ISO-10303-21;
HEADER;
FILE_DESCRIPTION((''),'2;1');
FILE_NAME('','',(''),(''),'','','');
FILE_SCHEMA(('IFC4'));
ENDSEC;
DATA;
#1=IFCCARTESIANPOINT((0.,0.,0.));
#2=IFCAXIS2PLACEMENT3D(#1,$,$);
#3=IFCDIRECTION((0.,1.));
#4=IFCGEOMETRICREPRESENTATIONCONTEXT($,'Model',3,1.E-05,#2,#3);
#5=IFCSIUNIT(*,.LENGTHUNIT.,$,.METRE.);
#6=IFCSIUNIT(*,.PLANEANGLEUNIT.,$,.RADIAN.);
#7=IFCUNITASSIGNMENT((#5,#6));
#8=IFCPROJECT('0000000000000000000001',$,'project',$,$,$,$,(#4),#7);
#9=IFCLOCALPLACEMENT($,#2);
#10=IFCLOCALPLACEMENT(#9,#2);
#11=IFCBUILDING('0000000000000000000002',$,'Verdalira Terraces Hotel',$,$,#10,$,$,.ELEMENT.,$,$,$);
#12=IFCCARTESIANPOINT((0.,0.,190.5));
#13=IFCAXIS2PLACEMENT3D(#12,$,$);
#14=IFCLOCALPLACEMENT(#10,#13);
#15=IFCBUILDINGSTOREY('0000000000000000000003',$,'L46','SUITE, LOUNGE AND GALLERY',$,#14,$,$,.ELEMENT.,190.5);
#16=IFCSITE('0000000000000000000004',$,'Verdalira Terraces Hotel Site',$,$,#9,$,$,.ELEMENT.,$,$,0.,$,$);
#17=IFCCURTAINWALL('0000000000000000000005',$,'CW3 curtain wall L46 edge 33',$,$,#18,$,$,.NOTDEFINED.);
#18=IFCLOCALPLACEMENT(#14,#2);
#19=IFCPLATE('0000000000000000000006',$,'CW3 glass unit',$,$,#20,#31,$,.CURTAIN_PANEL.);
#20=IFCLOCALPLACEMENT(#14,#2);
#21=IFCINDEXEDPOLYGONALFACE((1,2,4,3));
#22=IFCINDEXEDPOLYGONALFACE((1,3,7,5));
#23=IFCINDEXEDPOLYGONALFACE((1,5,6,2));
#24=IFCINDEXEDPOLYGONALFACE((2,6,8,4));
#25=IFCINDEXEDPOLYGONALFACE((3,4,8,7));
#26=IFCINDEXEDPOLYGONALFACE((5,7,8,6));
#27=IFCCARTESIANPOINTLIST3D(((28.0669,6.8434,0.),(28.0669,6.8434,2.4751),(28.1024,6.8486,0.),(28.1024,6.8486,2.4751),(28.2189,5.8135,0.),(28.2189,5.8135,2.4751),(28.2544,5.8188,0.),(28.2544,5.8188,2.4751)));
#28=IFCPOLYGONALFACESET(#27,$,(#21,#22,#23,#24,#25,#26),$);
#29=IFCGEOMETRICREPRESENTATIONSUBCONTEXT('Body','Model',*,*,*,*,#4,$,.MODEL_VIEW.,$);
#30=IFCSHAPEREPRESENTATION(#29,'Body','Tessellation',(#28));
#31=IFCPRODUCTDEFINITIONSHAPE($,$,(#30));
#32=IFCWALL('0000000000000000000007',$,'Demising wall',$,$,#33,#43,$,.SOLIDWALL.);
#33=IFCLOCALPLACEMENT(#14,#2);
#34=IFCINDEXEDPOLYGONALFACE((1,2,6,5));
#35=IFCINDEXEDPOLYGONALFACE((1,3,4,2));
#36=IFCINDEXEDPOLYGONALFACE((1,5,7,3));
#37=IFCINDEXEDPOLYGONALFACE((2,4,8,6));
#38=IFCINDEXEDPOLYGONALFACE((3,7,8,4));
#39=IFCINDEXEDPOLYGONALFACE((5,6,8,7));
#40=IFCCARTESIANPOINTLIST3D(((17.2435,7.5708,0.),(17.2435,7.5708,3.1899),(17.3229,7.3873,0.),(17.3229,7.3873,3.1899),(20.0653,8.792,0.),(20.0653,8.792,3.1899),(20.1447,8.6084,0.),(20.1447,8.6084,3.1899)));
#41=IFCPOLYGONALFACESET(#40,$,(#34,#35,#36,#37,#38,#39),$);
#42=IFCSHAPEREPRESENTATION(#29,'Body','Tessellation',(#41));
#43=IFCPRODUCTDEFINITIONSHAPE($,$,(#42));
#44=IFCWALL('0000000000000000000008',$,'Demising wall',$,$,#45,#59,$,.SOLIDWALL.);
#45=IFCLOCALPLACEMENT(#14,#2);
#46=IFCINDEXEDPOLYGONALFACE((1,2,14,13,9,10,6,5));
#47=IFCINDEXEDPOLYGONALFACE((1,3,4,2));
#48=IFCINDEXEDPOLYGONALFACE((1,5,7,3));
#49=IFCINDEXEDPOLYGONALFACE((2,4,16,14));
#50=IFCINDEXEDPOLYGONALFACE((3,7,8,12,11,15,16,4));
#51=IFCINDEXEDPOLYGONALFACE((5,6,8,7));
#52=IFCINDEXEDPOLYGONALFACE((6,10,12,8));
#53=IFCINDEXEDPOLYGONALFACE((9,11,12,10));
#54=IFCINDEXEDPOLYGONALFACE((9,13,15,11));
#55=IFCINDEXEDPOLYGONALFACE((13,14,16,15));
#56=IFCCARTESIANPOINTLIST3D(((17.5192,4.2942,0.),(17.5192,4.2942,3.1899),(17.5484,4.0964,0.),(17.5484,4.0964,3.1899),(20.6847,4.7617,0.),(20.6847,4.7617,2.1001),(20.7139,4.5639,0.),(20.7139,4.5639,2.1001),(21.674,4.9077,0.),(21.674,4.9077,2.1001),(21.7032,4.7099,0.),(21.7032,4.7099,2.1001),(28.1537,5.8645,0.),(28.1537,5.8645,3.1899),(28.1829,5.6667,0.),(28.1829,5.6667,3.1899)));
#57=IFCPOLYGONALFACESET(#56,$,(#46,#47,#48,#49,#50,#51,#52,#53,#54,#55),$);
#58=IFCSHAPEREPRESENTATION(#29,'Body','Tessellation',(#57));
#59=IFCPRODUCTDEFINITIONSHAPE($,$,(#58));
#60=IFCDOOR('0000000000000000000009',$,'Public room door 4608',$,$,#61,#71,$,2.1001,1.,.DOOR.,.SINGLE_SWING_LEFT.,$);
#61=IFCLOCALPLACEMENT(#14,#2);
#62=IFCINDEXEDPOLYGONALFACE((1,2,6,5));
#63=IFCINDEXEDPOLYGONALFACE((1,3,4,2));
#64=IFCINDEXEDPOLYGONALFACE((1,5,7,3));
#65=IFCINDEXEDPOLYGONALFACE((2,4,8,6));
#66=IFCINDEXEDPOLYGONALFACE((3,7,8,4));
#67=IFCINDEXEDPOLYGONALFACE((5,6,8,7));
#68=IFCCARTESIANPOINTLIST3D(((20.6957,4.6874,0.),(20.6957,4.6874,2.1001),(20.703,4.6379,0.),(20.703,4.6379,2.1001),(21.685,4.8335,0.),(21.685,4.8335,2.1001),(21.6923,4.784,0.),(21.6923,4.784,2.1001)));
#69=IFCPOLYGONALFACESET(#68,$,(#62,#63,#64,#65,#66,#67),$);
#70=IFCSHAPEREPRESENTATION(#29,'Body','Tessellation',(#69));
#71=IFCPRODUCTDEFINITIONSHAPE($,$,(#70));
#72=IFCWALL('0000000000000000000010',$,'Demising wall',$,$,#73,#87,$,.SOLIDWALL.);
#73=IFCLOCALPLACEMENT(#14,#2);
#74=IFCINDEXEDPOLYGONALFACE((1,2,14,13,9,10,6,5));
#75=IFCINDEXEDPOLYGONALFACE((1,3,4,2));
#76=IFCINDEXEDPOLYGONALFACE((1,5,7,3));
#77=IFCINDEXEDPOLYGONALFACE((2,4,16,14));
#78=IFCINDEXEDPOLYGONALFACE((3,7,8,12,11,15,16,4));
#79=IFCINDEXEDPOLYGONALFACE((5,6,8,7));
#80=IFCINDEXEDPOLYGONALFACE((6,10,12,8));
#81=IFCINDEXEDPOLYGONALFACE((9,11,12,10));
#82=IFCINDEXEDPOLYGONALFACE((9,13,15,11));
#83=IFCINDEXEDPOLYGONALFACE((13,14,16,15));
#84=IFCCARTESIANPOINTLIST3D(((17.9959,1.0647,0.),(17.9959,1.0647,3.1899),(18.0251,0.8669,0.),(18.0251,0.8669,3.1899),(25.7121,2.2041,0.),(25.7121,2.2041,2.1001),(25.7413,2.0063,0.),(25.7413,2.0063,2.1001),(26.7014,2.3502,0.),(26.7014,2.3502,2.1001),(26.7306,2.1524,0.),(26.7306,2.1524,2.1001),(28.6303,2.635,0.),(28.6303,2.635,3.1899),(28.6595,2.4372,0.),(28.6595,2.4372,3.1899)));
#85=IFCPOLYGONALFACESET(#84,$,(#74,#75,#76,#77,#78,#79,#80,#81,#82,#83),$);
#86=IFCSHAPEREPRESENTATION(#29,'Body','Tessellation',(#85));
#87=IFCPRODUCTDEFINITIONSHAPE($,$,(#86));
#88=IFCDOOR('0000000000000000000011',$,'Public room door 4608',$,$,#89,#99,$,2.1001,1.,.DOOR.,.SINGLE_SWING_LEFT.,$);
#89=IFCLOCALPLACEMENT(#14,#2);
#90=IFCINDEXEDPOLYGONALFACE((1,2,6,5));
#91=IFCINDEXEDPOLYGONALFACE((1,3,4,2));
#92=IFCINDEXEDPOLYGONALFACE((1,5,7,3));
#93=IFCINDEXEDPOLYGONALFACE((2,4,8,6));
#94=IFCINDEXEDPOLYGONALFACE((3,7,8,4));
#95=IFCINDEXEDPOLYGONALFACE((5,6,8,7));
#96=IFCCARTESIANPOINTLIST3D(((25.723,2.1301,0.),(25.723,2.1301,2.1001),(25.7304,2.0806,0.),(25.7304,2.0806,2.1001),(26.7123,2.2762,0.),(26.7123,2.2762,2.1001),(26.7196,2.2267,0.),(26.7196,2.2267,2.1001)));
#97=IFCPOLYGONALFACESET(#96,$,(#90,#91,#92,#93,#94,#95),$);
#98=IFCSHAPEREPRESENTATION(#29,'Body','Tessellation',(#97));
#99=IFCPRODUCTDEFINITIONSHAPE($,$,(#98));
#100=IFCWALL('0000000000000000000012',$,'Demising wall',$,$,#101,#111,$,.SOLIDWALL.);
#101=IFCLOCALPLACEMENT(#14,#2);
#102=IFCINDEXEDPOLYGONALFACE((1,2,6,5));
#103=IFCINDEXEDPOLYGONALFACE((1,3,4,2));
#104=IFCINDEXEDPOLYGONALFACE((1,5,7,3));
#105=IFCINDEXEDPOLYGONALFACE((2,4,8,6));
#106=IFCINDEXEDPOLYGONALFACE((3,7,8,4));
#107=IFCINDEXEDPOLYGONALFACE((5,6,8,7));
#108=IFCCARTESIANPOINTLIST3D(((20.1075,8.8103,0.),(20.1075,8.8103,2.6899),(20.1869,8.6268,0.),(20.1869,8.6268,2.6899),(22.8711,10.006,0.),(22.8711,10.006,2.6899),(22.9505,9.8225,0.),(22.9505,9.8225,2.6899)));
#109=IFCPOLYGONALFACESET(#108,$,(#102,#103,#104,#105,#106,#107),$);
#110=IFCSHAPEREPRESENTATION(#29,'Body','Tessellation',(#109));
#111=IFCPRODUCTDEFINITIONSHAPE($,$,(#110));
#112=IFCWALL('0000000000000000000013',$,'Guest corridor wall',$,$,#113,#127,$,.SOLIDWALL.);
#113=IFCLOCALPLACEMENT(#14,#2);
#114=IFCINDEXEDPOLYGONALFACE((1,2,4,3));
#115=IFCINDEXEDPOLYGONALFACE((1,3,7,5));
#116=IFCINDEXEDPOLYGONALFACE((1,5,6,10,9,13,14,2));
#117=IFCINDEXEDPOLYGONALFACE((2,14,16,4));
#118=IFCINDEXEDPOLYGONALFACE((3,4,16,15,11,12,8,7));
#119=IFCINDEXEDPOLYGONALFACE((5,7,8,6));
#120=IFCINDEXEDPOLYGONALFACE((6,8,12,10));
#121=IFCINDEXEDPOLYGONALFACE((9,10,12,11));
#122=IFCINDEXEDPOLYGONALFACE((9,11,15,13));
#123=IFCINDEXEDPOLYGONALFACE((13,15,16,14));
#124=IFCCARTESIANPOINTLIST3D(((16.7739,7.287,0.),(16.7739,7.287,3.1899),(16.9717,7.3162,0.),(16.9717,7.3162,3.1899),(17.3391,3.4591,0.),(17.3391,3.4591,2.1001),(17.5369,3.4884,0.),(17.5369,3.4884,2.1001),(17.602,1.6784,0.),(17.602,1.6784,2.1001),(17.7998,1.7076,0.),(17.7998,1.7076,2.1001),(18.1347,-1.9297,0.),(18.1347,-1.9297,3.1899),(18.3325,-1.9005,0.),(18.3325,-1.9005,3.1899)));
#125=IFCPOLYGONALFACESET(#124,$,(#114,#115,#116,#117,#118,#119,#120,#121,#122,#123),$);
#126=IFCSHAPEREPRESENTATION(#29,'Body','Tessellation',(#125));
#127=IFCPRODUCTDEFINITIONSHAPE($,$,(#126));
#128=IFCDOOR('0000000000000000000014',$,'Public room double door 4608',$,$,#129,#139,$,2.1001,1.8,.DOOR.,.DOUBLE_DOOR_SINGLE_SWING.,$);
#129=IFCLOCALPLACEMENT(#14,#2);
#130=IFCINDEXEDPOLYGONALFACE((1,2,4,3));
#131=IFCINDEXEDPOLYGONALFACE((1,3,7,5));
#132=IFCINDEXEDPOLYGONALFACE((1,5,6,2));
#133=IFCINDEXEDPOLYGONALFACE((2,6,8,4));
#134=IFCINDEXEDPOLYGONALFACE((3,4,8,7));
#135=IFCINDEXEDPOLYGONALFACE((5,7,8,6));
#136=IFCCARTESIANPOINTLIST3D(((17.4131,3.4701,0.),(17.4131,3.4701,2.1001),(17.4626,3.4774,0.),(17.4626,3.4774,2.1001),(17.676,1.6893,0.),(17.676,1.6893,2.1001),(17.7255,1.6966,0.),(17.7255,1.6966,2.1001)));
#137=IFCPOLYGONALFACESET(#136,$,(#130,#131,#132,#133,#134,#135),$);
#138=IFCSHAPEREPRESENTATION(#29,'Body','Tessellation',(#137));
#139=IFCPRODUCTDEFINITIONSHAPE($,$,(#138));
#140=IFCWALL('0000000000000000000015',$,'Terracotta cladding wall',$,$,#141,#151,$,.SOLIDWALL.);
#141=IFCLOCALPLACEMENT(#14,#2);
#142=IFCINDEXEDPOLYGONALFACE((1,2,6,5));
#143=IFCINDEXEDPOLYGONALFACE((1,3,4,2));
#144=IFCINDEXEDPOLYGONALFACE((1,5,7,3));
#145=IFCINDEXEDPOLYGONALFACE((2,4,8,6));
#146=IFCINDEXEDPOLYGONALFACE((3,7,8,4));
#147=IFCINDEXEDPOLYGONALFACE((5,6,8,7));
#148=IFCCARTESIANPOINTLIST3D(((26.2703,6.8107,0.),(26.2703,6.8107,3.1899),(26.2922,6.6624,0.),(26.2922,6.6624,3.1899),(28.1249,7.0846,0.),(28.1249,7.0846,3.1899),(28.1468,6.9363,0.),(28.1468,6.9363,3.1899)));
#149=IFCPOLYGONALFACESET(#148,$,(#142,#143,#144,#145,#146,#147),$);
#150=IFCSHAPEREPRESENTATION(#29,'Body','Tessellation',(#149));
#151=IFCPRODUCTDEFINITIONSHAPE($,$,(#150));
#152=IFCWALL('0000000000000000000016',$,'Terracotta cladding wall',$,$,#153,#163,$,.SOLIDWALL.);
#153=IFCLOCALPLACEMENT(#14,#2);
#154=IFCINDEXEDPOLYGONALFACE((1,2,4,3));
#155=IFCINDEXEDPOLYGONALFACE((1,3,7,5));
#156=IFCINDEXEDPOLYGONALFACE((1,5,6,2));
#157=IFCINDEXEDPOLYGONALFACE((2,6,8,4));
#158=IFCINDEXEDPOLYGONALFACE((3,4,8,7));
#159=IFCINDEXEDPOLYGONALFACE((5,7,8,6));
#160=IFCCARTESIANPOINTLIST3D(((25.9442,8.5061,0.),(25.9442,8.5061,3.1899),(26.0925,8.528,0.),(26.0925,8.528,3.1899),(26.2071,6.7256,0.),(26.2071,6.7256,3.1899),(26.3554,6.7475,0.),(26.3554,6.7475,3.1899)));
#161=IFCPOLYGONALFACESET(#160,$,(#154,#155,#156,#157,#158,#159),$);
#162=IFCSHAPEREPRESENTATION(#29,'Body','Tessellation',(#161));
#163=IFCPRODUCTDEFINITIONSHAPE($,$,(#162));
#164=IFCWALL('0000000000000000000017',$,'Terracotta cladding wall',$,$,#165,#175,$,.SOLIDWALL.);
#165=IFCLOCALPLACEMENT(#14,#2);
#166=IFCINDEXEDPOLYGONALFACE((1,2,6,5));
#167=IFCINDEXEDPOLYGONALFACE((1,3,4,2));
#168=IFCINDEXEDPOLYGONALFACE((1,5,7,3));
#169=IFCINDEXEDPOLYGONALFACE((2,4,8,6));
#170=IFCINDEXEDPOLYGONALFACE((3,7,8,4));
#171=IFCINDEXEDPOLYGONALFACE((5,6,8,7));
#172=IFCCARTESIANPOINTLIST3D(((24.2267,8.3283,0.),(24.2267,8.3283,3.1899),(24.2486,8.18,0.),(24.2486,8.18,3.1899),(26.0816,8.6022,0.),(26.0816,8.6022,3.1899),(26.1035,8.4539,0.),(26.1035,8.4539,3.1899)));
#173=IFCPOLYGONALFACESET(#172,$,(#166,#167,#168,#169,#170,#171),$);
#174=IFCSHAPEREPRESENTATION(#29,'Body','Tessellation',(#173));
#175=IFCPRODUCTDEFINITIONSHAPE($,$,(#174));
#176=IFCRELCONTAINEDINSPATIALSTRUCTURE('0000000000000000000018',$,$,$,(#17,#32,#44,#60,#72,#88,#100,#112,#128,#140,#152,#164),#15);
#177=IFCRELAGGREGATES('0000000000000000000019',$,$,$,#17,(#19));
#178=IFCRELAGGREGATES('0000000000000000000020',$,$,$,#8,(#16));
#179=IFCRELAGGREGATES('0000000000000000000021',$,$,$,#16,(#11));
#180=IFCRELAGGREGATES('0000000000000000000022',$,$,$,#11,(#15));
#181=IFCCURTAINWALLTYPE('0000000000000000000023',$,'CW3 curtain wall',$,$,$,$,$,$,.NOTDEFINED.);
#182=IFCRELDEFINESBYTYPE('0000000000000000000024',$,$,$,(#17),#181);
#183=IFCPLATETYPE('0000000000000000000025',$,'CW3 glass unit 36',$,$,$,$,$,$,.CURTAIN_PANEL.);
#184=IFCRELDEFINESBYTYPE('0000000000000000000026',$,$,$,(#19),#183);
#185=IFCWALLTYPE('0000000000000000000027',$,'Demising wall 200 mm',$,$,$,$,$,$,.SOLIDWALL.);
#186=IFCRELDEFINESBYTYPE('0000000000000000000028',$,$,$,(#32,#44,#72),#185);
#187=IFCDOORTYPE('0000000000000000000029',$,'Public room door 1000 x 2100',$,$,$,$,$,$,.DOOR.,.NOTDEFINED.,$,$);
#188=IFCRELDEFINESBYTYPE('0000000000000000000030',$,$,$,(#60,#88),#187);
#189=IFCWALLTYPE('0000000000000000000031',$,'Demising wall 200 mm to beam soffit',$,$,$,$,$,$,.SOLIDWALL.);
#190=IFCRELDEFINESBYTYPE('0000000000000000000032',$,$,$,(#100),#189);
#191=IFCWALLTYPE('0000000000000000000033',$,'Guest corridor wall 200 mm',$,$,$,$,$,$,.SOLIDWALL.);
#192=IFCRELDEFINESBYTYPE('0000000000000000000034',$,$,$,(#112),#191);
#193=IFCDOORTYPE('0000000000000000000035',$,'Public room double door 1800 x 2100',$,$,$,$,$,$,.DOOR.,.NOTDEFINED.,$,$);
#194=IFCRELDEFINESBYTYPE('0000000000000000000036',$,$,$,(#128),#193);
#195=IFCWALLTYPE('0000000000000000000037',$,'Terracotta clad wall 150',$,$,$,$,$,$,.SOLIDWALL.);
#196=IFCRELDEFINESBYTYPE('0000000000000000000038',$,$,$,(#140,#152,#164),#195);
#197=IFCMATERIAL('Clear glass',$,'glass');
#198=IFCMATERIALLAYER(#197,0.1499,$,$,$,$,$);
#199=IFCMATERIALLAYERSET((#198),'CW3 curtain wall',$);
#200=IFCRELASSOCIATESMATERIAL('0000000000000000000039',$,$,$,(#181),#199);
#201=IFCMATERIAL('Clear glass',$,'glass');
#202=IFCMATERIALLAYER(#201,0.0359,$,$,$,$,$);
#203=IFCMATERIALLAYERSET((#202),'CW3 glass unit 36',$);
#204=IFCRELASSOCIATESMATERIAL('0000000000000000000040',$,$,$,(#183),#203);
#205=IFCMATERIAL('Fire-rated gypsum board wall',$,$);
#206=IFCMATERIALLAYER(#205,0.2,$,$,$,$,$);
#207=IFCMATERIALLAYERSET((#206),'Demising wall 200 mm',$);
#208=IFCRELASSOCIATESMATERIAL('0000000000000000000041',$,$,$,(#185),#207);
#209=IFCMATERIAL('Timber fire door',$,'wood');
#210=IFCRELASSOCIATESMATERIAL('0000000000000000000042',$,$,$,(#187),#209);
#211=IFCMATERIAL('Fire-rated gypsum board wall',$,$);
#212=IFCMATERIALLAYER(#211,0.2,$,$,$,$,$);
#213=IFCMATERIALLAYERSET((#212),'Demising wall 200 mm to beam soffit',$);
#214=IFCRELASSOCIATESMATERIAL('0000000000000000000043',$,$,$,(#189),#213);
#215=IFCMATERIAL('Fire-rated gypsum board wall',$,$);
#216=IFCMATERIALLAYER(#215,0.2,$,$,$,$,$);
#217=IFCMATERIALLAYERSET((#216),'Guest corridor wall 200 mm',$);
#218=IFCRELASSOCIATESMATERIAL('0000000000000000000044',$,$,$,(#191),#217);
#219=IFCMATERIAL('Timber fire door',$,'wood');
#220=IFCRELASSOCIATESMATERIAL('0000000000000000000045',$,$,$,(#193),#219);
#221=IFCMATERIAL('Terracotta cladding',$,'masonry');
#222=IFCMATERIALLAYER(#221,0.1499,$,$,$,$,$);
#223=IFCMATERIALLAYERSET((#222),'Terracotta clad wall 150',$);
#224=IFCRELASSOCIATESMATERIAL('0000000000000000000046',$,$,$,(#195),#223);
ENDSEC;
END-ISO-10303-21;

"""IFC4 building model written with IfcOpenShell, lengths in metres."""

from ifc_helpers import new_model, si_unit, direction, frame, frame_2d, origin, origin_2d, place, context, subcontext, project, spatial, rectangle, extrude, material, layer, layer_set, type_object, element, fill, aggregate, save


model = new_model("IFC4")

# Units and contexts
model_context = context("Model", 3, precision=1e-05, world=origin(), true_north=direction((0.0, 1.0)))
body_context = subcontext(model_context, "Body", "Model", "MODEL_VIEW")
ifc_project = project(units=[si_unit("LENGTHUNIT", "METRE"), si_unit("PLANEANGLEUNIT", "RADIAN")], contexts=[model_context])

# Site, building, storey
site_placement = place(None, origin())
site = spatial("IfcSite", under=ifc_project, at=site_placement, Name="Verdalira Terraces Hotel Site", CompositionType="ELEMENT", RefElevation=0.0)
building_placement = place(site_placement, origin())
building = spatial("IfcBuilding", under=site, at=building_placement, Name="Verdalira Terraces Hotel", CompositionType="ELEMENT")
storey_placement = place(building_placement, frame((0.0, 0.0, 190.5)))
storey = spatial("IfcBuildingStorey", under=building, at=storey_placement, Name="L46", Description="SUITE, LOUNGE AND GALLERY", CompositionType="ELEMENT", Elevation=190.5)

# Curtain wall
ifc_material_1 = material(Name="Clear glass", Category="glass")
ifc_layer_1 = layer(ifc_material_1, 0.1499)
ifc_layer_set_1 = layer_set([ifc_layer_1], Name="CW3 curtain wall")
curtain_wall_type_1 = type_object("IfcCurtainWallType", Name="CW3 curtain wall", PredefinedType="NOTDEFINED", material=ifc_layer_set_1)
curtain_wall_1_placement = place(storey_placement, origin())
curtain_wall_1 = element("IfcCurtainWall", 1, at=curtain_wall_1_placement, inside=storey, type_object=curtain_wall_type_1, Name="CW3 curtain wall L46 edge 33", PredefinedType="NOTDEFINED")

# Plate
ifc_material_2 = material(Name="Clear glass", Category="glass")
ifc_layer_2 = layer(ifc_material_2, 0.0359)
ifc_layer_set_2 = layer_set([ifc_layer_2], Name="CW3 glass unit 36")
plate_type = type_object("IfcPlateType", Name="CW3 glass unit 36", PredefinedType="CURTAIN_PANEL", material=ifc_layer_set_2)
plate_1_placement = place(storey_placement, frame((28.1606, 6.3311, 0.0), z_axis=(0.0, 0.0, 1.0), x_axis=(-0.146083, 0.989272, 0.0)))
plate_1 = element("IfcPlate", 2, at=plate_1_placement, type_object=plate_type, Name="CW3 glass unit", PredefinedType="CURTAIN_PANEL", context=body_context, shape_type="SweptSolid", body=[
    extrude(rectangle(XDim=1.041, YDim=0.0359, at=origin_2d()), origin(), (0.0, 0.0, 1.0), 2.4751),
])
aggregate(curtain_wall_1, [plate_1])

# Wall
ifc_material_3 = material(Name="Fire-rated gypsum board wall")
ifc_layer_3 = layer(ifc_material_3, 0.2)
ifc_layer_set_3 = layer_set([ifc_layer_3], Name="Demising wall 200 mm")
wall_type_1 = type_object("IfcWallType", Name="Demising wall 200 mm", PredefinedType="SOLIDWALL", material=ifc_layer_set_3)
wall_1_placement = place(storey_placement, frame((17.2832, 7.479, 0.0), z_axis=(0.0, 0.0, 1.0), x_axis=(0.917743, 0.397175, 0.0)))
element("IfcWall", 3, at=wall_1_placement, inside=storey, type_object=wall_type_1, Name="Demising wall", PredefinedType="SOLIDWALL", context=body_context, shape_type="SweptSolid", body=[
    extrude(rectangle(XDim=3.0747, YDim=0.2, at=frame_2d((1.5374, 0.0))), origin(), (0.0, 0.0, 1.0), 3.1899),
])

# Walls, openings, doors
wall_2_placement = place(storey_placement, frame((17.5337, 4.1953, 0.0), z_axis=(0.0, 0.0, 1.0), x_axis=(0.989273, 0.146078, 0.0)))
wall_2 = element("IfcWall", 4, at=wall_2_placement, inside=storey, type_object=wall_type_1, Name="Demising wall", PredefinedType="SOLIDWALL", context=body_context, shape_type="SweptSolid", body=[
    extrude(rectangle(XDim=10.7498, YDim=0.2, at=frame_2d((5.375, 0.0))), origin(), (0.0, 0.0, 1.0), 3.1899),
])
opening_1_placement = place(wall_2_placement, frame((3.2, 0.0, 0.0)))
opening_1 = element("IfcOpeningElement", 5, at=opening_1_placement, cuts=wall_2, PredefinedType="OPENING", context=body_context, shape_type="SweptSolid", body=[
    extrude(rectangle(XDim=1.0, YDim=2.1001, at=frame_2d((0.5, 1.05))), frame((0.0, 0.1099, 0.0), z_axis=(0.0, -1.0, 0.0), x_axis=(1.0, 0.0, 0.0)), (0.0, 0.0, 1.0), 0.22),
])
ifc_material_4 = material(Name="Timber fire door", Category="wood")
door_type_1 = type_object("IfcDoorType", Name="Public room door 1000 x 2100", OperationType="NOTDEFINED", PredefinedType="DOOR", material=ifc_material_4)
door_1_placement = place(opening_1_placement, origin())
door_1 = element("IfcDoor", 6, at=door_1_placement, inside=storey, type_object=door_type_1, Name="Public room door 4608", OperationType="SINGLE_SWING_LEFT", OverallHeight=2.1001, OverallWidth=1.0, PredefinedType="DOOR", context=body_context, shape_type="SweptSolid", body=[
    extrude(rectangle(XDim=1.0, YDim=2.1001, at=frame_2d((0.5, 1.05))), frame((0.0, 0.0249, 0.0), z_axis=(0.0, -1.0, 0.0), x_axis=(1.0, 0.0, 0.0)), (0.0, 0.0, 1.0), 0.05),
])
fill(opening_1, door_1)
wall_3_placement = place(storey_placement, frame((28.645, 2.5361, 0.0), z_axis=(0.0, 0.0, 1.0), x_axis=(-0.989273, -0.146078, 0.0)))
wall_3 = element("IfcWall", 7, at=wall_3_placement, inside=storey, type_object=wall_type_1, Name="Demising wall", PredefinedType="SOLIDWALL", context=body_context, shape_type="SweptSolid", body=[
    extrude(rectangle(XDim=10.7498, YDim=0.2, at=frame_2d((5.375, 0.0))), origin(), (0.0, 0.0, 1.0), 3.1899),
])
opening_2_placement = place(wall_3_placement, frame((1.95, 0.0, 0.0)))
opening_2 = element("IfcOpeningElement", 8, at=opening_2_placement, cuts=wall_3, PredefinedType="OPENING", context=body_context, shape_type="SweptSolid", body=[
    extrude(rectangle(XDim=1.0, YDim=2.1001, at=frame_2d((0.5, 1.05))), frame((0.0, 0.1099, 0.0), z_axis=(0.0, -1.0, 0.0), x_axis=(1.0, 0.0, 0.0)), (0.0, 0.0, 1.0), 0.22),
])
door_2_placement = place(opening_2_placement, origin())
door_2 = element("IfcDoor", 9, at=door_2_placement, inside=storey, type_object=door_type_1, Name="Public room door 4608", OperationType="SINGLE_SWING_LEFT", OverallHeight=2.1001, OverallWidth=1.0, PredefinedType="DOOR", context=body_context, shape_type="SweptSolid", body=[
    extrude(rectangle(XDim=1.0, YDim=2.1001, at=frame_2d((0.5, 1.05))), frame((0.0, 0.0249, 0.0), z_axis=(0.0, -1.0, 0.0), x_axis=(1.0, 0.0, 0.0)), (0.0, 0.0, 1.0), 0.05),
])
fill(opening_2, door_2)

# Wall
ifc_material_5 = material(Name="Fire-rated gypsum board wall")
ifc_layer_4 = layer(ifc_material_5, 0.2)
ifc_layer_set_4 = layer_set([ifc_layer_4], Name="Demising wall 200 mm to beam soffit")
wall_type_2 = type_object("IfcWallType", Name="Demising wall 200 mm to beam soffit", PredefinedType="SOLIDWALL", material=ifc_layer_set_4)
wall_4_placement = place(storey_placement, frame((20.1472, 8.7185, 0.0), z_axis=(0.0, 0.0, 1.0), x_axis=(0.917772, 0.397107, 0.0)))
element("IfcWall", 10, at=wall_4_placement, inside=storey, type_object=wall_type_2, Name="Demising wall", PredefinedType="SOLIDWALL", context=body_context, shape_type="SweptSolid", body=[
    extrude(rectangle(XDim=3.0112, YDim=0.2, at=frame_2d((1.5056, 0.0))), origin(), (0.0, 0.0, 1.0), 2.6899),
])

# Wall, opening, door
ifc_material_6 = material(Name="Fire-rated gypsum board wall")
ifc_layer_5 = layer(ifc_material_6, 0.2)
ifc_layer_set_5 = layer_set([ifc_layer_5], Name="Guest corridor wall 200 mm")
wall_type_3 = type_object("IfcWallType", Name="Guest corridor wall 200 mm", PredefinedType="SOLIDWALL", material=ifc_layer_set_5)
wall_5_placement = place(storey_placement, frame((16.8728, 7.3015, 0.0), z_axis=(0.0, 0.0, 1.0), x_axis=(0.146064, -0.989275, 0.0)))
wall_5 = element("IfcWall", 11, at=wall_5_placement, inside=storey, type_object=wall_type_3, Name="Guest corridor wall", PredefinedType="SOLIDWALL", context=body_context, shape_type="SweptSolid", body=[
    extrude(rectangle(XDim=9.3166, YDim=0.2, at=frame_2d((4.6582, 0.0))), origin(), (0.0, 0.0, 1.0), 3.1899),
])
opening_3_placement = place(wall_5_placement, frame((3.8694, 0.0, 0.0)))
opening_3 = element("IfcOpeningElement", 12, at=opening_3_placement, cuts=wall_5, PredefinedType="OPENING", context=body_context, shape_type="SweptSolid", body=[
    extrude(rectangle(XDim=1.8, YDim=2.1001, at=frame_2d((0.8999, 1.05))), frame((0.0, 0.1099, 0.0), z_axis=(0.0, -1.0, 0.0), x_axis=(1.0, 0.0, 0.0)), (0.0, 0.0, 1.0), 0.22),
])
ifc_material_7 = material(Name="Timber fire door", Category="wood")
door_type_2 = type_object("IfcDoorType", Name="Public room double door 1800 x 2100", OperationType="NOTDEFINED", PredefinedType="DOOR", material=ifc_material_7)
door_3_placement = place(opening_3_placement, origin())
door_3 = element("IfcDoor", 13, at=door_3_placement, inside=storey, type_object=door_type_2, Name="Public room double door 4608", OperationType="DOUBLE_DOOR_SINGLE_SWING", OverallHeight=2.1001, OverallWidth=1.8, PredefinedType="DOOR", context=body_context, shape_type="SweptSolid", body=[
    extrude(rectangle(XDim=1.8, YDim=2.1001, at=frame_2d((0.8999, 1.05))), frame((0.0, 0.0249, 0.0), z_axis=(0.0, -1.0, 0.0), x_axis=(1.0, 0.0, 0.0)), (0.0, 0.0, 1.0), 0.05),
])
fill(opening_3, door_3)

# Walls
ifc_material_8 = material(Name="Terracotta cladding", Category="masonry")
ifc_layer_6 = layer(ifc_material_8, 0.1499)
ifc_layer_set_6 = layer_set([ifc_layer_6], Name="Terracotta clad wall 150")
wall_type_4 = type_object("IfcWallType", Name="Terracotta clad wall 150", PredefinedType="SOLIDWALL", material=ifc_layer_set_6)
wall_6_placement = place(storey_placement, frame((28.136, 7.0105, 0.0), z_axis=(0.0, 0.0, 1.0), x_axis=(-0.989269, -0.146105, 0.0)))
element("IfcWall", 14, at=wall_6_placement, inside=storey, type_object=wall_type_4, Name="Terracotta cladding wall", PredefinedType="SOLIDWALL", context=body_context, shape_type="SweptSolid", body=[
    extrude(rectangle(XDim=1.8748, YDim=0.1499, at=frame_2d((0.9375, 0.0))), origin(), (0.0, 0.0, 1.0), 3.1899),
])
wall_7_placement = place(storey_placement, frame((26.2812, 6.7366, 0.0), z_axis=(0.0, 0.0, 1.0), x_axis=(-0.146091, 0.989271, 0.0)))
element("IfcWall", 15, at=wall_7_placement, inside=storey, type_object=wall_type_4, Name="Terracotta cladding wall", PredefinedType="SOLIDWALL", context=body_context, shape_type="SweptSolid", body=[
    extrude(rectangle(XDim=1.7998, YDim=0.1499, at=frame_2d((0.8999, 0.0))), origin(), (0.0, 0.0, 1.0), 3.1899),
])
for number, where, z_axis, x_axis, name in (
    (16, (26.0925, 8.5281, 0.0), (0.0, 0.0, 1.0), (-0.989272, -0.146086, 0.0), "Terracotta cladding wall"),
):
    element("IfcWall", number, at=place(storey_placement, frame(where, z_axis=z_axis, x_axis=x_axis)), inside=storey, type_object=wall_type_4, Name=name, PredefinedType="SOLIDWALL", context=body_context, shape_type="SweptSolid", body=[
        extrude(rectangle(XDim=1.875, YDim=0.1499, at=frame_2d((0.9375, 0.0))), origin(), (0.0, 0.0, 1.0), 3.1899),
    ])

save(model, "model.ifc")
